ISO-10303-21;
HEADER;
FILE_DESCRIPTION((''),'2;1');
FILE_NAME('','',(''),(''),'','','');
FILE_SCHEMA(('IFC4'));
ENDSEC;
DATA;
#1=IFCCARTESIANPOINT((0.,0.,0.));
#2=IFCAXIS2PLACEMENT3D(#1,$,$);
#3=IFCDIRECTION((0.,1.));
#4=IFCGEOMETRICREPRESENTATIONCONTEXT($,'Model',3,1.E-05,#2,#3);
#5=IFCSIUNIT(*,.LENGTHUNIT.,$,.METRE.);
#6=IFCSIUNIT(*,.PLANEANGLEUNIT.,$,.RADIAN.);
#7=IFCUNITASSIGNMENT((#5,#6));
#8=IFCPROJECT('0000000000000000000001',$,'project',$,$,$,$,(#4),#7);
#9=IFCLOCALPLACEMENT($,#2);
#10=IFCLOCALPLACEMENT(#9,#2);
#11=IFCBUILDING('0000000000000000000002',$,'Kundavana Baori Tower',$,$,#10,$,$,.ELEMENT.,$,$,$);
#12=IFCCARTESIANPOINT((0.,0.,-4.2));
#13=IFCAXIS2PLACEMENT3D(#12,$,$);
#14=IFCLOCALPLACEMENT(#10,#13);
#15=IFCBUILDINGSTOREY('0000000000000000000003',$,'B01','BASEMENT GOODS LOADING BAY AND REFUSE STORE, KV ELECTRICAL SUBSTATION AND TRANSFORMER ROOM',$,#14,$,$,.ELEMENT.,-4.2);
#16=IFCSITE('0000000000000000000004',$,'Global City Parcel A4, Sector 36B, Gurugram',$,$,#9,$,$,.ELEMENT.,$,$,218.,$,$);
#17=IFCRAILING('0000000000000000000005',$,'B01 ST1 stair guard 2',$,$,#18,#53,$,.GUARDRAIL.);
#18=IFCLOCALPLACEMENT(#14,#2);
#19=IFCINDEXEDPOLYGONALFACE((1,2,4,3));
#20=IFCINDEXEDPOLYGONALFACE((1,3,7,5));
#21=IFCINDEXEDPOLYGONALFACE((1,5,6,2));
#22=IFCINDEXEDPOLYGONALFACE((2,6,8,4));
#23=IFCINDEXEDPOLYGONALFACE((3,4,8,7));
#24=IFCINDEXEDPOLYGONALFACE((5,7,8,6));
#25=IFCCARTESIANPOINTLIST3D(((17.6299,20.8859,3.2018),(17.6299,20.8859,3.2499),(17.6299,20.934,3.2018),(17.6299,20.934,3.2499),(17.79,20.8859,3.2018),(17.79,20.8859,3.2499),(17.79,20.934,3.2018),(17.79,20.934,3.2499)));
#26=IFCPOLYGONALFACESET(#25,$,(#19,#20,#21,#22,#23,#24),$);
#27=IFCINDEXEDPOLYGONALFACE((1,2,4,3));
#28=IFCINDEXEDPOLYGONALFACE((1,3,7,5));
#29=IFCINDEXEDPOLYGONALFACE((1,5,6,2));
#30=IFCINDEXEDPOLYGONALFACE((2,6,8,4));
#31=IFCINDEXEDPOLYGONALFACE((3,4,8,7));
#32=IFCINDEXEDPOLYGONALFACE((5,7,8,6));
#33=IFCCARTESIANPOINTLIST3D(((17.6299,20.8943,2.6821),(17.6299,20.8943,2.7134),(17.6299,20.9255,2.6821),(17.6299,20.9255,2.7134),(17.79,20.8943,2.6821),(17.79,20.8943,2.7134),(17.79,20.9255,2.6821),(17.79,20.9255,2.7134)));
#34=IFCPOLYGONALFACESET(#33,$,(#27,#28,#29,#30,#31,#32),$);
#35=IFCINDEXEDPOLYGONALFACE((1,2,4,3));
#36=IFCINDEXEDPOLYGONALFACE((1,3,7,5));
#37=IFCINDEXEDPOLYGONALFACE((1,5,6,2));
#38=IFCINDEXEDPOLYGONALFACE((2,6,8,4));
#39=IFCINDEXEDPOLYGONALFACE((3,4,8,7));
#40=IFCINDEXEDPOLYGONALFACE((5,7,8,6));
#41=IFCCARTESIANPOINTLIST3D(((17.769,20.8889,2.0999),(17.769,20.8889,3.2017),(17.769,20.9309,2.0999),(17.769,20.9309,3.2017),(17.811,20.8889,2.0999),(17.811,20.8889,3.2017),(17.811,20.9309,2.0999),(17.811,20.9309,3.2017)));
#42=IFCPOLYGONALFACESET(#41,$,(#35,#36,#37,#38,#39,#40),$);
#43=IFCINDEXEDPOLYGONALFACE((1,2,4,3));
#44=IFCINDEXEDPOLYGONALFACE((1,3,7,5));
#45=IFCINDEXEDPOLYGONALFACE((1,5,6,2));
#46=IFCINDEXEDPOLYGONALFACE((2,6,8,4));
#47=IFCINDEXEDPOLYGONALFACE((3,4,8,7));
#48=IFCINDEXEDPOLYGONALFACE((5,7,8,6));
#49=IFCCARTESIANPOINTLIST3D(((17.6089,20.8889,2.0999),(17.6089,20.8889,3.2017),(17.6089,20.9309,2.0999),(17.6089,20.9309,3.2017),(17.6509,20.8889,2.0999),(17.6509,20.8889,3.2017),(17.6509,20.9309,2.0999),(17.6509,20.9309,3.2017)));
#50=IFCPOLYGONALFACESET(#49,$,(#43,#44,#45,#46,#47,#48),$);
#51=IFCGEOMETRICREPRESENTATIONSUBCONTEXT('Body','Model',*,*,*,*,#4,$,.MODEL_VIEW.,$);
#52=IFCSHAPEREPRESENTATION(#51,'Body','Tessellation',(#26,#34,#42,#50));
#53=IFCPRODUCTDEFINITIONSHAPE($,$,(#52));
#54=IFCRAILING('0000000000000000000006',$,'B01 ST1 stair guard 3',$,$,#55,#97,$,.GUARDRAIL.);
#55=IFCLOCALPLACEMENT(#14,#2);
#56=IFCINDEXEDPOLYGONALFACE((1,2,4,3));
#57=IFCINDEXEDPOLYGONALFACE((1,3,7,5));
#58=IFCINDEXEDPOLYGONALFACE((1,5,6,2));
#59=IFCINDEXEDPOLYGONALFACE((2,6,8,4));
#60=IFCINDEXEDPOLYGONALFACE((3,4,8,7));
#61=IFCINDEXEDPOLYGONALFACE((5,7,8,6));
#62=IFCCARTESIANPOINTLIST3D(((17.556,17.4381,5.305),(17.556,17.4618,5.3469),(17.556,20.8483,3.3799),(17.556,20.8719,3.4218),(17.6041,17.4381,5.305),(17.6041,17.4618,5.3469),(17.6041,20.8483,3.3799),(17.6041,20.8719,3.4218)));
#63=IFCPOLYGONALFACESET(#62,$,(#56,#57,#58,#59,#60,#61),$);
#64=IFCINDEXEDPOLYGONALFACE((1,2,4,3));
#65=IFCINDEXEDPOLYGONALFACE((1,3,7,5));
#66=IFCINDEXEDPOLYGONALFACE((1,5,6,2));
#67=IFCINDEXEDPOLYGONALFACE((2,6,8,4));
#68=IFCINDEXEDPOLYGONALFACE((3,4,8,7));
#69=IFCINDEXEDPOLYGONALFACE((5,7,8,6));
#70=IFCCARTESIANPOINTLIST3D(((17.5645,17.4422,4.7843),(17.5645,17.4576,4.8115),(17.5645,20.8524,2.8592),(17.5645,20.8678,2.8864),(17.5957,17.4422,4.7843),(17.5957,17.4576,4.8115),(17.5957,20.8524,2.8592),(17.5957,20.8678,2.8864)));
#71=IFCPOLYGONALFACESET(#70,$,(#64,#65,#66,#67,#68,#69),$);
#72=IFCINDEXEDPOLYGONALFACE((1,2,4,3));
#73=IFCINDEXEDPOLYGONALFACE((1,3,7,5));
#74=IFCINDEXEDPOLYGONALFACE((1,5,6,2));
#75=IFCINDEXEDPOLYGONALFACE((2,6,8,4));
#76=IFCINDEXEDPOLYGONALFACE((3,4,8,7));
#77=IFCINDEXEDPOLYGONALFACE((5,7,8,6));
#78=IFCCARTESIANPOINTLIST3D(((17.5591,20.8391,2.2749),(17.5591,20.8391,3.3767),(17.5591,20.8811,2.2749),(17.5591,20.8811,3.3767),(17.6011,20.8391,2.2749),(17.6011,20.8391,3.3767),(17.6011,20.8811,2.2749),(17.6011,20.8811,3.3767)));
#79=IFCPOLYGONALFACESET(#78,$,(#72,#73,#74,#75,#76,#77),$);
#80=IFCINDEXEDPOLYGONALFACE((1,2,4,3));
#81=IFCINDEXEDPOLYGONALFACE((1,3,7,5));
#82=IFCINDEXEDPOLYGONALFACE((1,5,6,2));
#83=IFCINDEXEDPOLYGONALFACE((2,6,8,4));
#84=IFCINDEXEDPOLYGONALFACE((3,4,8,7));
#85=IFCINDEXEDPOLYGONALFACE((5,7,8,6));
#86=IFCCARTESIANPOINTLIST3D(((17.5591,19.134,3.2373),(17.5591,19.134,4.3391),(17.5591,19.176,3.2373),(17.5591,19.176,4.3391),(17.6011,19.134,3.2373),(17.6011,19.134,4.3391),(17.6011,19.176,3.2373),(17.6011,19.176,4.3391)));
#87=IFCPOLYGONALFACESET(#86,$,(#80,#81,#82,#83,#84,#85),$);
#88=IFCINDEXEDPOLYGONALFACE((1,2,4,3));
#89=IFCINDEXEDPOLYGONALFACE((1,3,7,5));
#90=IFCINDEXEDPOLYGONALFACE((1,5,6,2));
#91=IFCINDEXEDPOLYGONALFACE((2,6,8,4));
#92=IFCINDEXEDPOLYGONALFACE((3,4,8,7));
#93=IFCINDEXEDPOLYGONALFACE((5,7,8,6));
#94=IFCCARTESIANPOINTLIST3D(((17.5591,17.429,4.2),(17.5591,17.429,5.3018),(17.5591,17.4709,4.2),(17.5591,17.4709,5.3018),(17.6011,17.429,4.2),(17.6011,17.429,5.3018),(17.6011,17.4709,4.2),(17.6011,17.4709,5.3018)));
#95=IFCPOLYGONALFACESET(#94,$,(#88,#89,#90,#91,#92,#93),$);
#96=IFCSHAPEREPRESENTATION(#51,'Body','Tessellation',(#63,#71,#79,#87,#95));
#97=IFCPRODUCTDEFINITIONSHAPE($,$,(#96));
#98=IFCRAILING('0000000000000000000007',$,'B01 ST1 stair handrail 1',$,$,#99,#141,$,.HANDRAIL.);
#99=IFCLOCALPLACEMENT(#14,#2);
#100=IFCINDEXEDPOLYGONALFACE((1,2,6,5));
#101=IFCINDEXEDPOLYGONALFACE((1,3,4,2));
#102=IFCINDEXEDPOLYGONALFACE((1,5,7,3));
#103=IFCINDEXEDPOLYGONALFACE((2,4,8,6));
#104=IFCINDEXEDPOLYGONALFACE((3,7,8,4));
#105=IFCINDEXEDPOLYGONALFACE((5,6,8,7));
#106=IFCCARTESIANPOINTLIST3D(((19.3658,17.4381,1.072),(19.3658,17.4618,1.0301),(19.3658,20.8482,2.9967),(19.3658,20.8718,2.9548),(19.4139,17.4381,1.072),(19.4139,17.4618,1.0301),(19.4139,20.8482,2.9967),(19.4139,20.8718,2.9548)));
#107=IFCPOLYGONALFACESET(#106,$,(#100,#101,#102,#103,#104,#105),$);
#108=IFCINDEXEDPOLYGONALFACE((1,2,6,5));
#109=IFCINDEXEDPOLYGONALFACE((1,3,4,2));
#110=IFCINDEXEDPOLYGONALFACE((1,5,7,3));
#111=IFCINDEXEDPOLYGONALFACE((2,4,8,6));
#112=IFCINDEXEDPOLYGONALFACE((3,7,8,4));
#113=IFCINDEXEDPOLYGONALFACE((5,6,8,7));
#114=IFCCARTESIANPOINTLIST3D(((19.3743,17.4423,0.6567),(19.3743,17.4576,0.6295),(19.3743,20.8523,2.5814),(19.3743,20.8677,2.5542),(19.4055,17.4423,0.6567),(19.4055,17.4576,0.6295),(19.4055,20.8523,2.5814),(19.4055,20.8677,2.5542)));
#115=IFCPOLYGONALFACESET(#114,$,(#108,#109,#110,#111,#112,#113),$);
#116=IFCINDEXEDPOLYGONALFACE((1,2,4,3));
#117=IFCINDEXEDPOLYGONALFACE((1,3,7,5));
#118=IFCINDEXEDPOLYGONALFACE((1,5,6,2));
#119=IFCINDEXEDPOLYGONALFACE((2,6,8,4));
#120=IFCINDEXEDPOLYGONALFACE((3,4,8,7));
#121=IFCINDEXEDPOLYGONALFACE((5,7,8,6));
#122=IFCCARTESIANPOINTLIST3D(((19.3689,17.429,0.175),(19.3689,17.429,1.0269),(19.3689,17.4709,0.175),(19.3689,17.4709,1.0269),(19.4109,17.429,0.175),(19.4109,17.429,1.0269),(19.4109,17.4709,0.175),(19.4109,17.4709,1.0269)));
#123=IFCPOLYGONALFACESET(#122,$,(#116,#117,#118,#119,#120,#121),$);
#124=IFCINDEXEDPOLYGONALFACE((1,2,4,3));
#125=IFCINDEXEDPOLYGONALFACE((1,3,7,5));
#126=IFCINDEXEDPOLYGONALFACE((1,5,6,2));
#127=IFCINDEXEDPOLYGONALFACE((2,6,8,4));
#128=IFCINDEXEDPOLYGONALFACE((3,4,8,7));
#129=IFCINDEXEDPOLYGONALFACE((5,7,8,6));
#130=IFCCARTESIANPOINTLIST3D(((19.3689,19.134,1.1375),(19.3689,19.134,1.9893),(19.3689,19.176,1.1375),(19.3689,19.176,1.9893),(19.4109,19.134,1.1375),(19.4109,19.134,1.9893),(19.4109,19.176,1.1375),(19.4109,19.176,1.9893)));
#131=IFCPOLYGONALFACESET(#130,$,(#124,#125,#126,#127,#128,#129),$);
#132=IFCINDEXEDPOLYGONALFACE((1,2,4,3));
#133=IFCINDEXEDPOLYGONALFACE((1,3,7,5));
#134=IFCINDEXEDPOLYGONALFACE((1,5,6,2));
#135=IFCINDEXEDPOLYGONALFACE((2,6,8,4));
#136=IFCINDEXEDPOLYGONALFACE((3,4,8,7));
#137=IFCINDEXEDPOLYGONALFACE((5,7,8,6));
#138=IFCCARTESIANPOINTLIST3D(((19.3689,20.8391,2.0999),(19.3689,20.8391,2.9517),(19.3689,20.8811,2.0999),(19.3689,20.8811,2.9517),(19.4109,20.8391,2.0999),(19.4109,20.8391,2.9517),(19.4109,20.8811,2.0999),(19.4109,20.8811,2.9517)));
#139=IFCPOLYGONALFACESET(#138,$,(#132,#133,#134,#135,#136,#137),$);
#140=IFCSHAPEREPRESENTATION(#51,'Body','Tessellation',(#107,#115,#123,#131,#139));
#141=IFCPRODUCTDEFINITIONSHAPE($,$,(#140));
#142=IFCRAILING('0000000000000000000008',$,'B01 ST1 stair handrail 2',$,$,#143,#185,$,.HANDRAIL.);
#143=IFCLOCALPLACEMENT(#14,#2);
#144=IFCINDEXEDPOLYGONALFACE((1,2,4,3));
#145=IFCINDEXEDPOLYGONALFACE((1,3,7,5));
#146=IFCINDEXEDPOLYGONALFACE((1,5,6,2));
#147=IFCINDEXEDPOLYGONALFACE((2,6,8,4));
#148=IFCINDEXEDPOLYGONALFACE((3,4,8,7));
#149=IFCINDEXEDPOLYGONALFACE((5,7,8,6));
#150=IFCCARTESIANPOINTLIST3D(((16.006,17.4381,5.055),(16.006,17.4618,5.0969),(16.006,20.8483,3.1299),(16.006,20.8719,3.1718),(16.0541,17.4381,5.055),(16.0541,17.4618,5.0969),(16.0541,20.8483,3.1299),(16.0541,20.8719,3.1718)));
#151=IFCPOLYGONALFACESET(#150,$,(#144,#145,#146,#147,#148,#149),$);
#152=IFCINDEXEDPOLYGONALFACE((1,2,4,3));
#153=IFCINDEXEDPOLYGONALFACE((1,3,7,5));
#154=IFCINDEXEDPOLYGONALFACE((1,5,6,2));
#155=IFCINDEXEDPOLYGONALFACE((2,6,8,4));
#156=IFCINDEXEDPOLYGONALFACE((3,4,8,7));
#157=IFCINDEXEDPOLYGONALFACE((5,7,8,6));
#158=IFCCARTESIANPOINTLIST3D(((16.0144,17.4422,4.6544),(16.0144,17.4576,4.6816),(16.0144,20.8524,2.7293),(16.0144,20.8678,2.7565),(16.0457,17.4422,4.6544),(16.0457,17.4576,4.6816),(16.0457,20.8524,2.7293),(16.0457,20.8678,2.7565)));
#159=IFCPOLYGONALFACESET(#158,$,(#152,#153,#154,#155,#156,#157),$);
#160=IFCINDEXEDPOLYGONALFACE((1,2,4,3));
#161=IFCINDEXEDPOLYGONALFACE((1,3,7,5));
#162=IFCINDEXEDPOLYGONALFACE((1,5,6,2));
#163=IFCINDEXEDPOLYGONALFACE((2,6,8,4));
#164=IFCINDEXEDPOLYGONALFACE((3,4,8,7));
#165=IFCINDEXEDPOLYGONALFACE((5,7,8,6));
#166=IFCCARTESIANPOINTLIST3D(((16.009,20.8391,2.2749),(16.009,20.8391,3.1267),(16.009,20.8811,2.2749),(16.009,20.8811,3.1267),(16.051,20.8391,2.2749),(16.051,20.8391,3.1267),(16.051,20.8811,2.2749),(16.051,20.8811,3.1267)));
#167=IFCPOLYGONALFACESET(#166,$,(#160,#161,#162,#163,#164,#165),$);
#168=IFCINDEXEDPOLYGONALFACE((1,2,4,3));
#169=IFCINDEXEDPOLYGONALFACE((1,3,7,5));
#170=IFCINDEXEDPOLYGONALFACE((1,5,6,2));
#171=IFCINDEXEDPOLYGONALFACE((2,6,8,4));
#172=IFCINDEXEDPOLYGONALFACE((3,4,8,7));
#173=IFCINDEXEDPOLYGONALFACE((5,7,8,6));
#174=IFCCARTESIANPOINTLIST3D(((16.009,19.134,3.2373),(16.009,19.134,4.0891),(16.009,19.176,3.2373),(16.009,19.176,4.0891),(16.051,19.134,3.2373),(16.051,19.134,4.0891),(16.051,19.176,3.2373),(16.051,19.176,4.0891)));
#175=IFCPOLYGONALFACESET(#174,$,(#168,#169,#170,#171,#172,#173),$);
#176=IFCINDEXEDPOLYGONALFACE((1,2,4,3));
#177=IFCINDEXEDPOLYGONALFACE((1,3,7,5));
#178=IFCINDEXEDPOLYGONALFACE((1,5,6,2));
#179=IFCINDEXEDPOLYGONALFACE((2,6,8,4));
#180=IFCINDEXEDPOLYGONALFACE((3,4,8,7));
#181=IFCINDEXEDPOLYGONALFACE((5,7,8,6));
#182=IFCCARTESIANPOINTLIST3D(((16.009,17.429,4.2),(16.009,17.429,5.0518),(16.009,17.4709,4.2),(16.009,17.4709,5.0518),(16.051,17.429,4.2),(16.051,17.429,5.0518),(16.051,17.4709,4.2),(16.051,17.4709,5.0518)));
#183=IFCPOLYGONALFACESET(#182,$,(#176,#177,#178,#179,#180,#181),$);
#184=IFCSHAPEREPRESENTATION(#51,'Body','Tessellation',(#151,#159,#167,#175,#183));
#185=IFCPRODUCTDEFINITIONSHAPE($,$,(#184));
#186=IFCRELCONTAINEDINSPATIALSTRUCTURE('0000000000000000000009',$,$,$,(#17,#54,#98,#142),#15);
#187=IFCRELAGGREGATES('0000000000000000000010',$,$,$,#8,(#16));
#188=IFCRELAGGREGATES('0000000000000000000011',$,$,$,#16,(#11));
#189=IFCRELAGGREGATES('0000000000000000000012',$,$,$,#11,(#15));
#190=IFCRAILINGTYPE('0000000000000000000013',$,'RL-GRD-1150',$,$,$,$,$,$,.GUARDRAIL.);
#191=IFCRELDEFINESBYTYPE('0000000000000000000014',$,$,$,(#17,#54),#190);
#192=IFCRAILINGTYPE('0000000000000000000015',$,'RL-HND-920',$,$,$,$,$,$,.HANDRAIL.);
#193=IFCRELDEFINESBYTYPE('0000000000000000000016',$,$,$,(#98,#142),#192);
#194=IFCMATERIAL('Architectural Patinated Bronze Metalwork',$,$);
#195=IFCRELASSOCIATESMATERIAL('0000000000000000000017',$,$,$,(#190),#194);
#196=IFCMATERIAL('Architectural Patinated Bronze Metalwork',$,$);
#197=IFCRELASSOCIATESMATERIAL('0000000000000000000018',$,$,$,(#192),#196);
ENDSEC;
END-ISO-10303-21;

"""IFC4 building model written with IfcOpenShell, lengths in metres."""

from ifc_helpers import new_model, si_unit, direction, frame, origin, origin_2d, place, context, subcontext, project, spatial, rectangle, extrude, material, type_object, element, save


model = new_model("IFC4")

# Units and contexts
model_context = context("Model", 3, precision=1e-05, world=origin(), true_north=direction((0.0, 1.0)))
body_context = subcontext(model_context, "Body", "Model", "MODEL_VIEW")
ifc_project = project(units=[si_unit("LENGTHUNIT", "METRE"), si_unit("PLANEANGLEUNIT", "RADIAN")], contexts=[model_context])

# Site, building, storey
site_placement = place(None, origin())
site = spatial("IfcSite", under=ifc_project, at=site_placement, Name="Global City Parcel A4, Sector 36B, Gurugram", CompositionType="ELEMENT", RefElevation=218.0)
building_placement = place(site_placement, origin())
building = spatial("IfcBuilding", under=site, at=building_placement, Name="Kundavana Baori Tower", CompositionType="ELEMENT")
storey_placement = place(building_placement, frame((0.0, 0.0, -4.2)))
storey = spatial("IfcBuildingStorey", under=building, at=storey_placement, Name="B01", Description="BASEMENT GOODS LOADING BAY AND REFUSE STORE, KV ELECTRICAL SUBSTATION AND TRANSFORMER ROOM", CompositionType="ELEMENT", Elevation=-4.2)

# Railings
ifc_material_1 = material(Name="Architectural Patinated Bronze Metalwork")
railing_type_1 = type_object("IfcRailingType", Name="RL-GRD-1150", PredefinedType="GUARDRAIL", material=ifc_material_1)
railing_1_placement = place(storey_placement, frame((17.79, 20.9099, 2.0999)))
element("IfcRailing", 1, at=railing_1_placement, inside=storey, type_object=railing_type_1, Name="B01 ST1 stair guard 2", PredefinedType="GUARDRAIL", context=body_context, shape_type="SweptSolid", body=[
    extrude(rectangle(XDim=0.0481, YDim=0.0481, at=origin_2d()), frame((0.0, 0.0, 1.126), z_axis=(-1.0, 0.0, 0.0), x_axis=(0.0, -1.0, 0.0)), (0.0, 0.0, 1.0), 0.1602),
    extrude(rectangle(XDim=0.0312, YDim=0.0312, at=origin_2d()), frame((0.0, 0.0, 0.5979), z_axis=(-1.0, 0.0, 0.0), x_axis=(0.0, -1.0, 0.0)), (0.0, 0.0, 1.0), 0.1602),
    extrude(rectangle(XDim=0.042, YDim=0.042, at=origin_2d()), origin(), (0.0, 0.0, 1.0), 1.1018),
    extrude(rectangle(XDim=0.042, YDim=0.042, at=origin_2d()), frame((-0.1602, 0.0, 0.0)), (0.0, 0.0, 1.0), 1.1018),
])
railing_2_placement = place(storey_placement, frame((17.5801, 20.8601, 2.2749)))
element("IfcRailing", 2, at=railing_2_placement, inside=storey, type_object=railing_type_1, Name="B01 ST1 stair guard 3", PredefinedType="GUARDRAIL", context=body_context, shape_type="SweptSolid", body=[
    extrude(rectangle(XDim=0.0481, YDim=0.0481, at=origin_2d()), frame((0.0, 0.0, 1.126), z_axis=(0.0, -0.870829, 0.491587), x_axis=(1.0, 0.0, 0.0)), (0.0, 0.0, 1.0), 3.916),
    extrude(rectangle(XDim=0.0312, YDim=0.0312, at=origin_2d()), frame((0.0, 0.0, 0.5979), z_axis=(0.0, -0.870829, 0.491587), x_axis=(1.0, 0.0, 0.0)), (0.0, 0.0, 1.0), 3.916),
    extrude(rectangle(XDim=0.042, YDim=0.042, at=origin_2d()), origin(), (0.0, 0.0, 1.0), 1.1018),
    extrude(rectangle(XDim=0.042, YDim=0.042, at=origin_2d()), frame((0.0, -1.7051, 0.9624)), (0.0, 0.0, 1.0), 1.1018),
    extrude(rectangle(XDim=0.042, YDim=0.042, at=origin_2d()), frame((0.0, -3.4102, 1.925)), (0.0, 0.0, 1.0), 1.1018),
])
ifc_material_2 = material(Name="Architectural Patinated Bronze Metalwork")
railing_type_2 = type_object("IfcRailingType", Name="RL-HND-920", PredefinedType="HANDRAIL", material=ifc_material_2)
railing_3_placement = place(storey_placement, frame((19.3899, 17.45, 0.175)))
element("IfcRailing", 3, at=railing_3_placement, inside=storey, type_object=railing_type_2, Name="B01 ST1 stair handrail 1", PredefinedType="HANDRAIL", context=body_context, shape_type="SweptSolid", body=[
    extrude(rectangle(XDim=0.0481, YDim=0.0481, at=origin_2d()), frame((0.0, 0.0, 0.876), z_axis=(0.0, 0.870855, 0.491539), x_axis=(-1.0, 0.0, 0.0)), (0.0, 0.0, 1.0), 3.9158),
    extrude(rectangle(XDim=0.0312, YDim=0.0312, at=origin_2d()), frame((0.0, 0.0, 0.468), z_axis=(0.0, 0.870855, 0.491539), x_axis=(-1.0, 0.0, 0.0)), (0.0, 0.0, 1.0), 3.9158),
    extrude(rectangle(XDim=0.042, YDim=0.042, at=origin_2d()), origin(), (0.0, 0.0, 1.0), 0.8518),
    extrude(rectangle(XDim=0.042, YDim=0.042, at=origin_2d()), frame((0.0, 1.7051, 0.9624)), (0.0, 0.0, 1.0), 0.8518),
    extrude(rectangle(XDim=0.042, YDim=0.042, at=origin_2d()), frame((0.0, 3.4102, 1.9248)), (0.0, 0.0, 1.0), 0.8518),
])
railing_4_placement = place(storey_placement, frame((16.03, 20.8601, 2.2749)))
element("IfcRailing", 4, at=railing_4_placement, inside=storey, type_object=railing_type_2, Name="B01 ST1 stair handrail 2", PredefinedType="HANDRAIL", context=body_context, shape_type="SweptSolid", body=[
    extrude(rectangle(XDim=0.0481, YDim=0.0481, at=origin_2d()), frame((0.0, 0.0, 0.876), z_axis=(0.0, -0.870829, 0.491587), x_axis=(1.0, 0.0, 0.0)), (0.0, 0.0, 1.0), 3.916),
    extrude(rectangle(XDim=0.0312, YDim=0.0312, at=origin_2d()), frame((0.0, 0.0, 0.468), z_axis=(0.0, -0.870829, 0.491587), x_axis=(1.0, 0.0, 0.0)), (0.0, 0.0, 1.0), 3.916),
    extrude(rectangle(XDim=0.042, YDim=0.042, at=origin_2d()), origin(), (0.0, 0.0, 1.0), 0.8518),
    extrude(rectangle(XDim=0.042, YDim=0.042, at=origin_2d()), frame((0.0, -1.7051, 0.9624)), (0.0, 0.0, 1.0), 0.8518),
    extrude(rectangle(XDim=0.042, YDim=0.042, at=origin_2d()), frame((0.0, -3.4102, 1.925)), (0.0, 0.0, 1.0), 0.8518),
])

save(model, "model.ifc")
